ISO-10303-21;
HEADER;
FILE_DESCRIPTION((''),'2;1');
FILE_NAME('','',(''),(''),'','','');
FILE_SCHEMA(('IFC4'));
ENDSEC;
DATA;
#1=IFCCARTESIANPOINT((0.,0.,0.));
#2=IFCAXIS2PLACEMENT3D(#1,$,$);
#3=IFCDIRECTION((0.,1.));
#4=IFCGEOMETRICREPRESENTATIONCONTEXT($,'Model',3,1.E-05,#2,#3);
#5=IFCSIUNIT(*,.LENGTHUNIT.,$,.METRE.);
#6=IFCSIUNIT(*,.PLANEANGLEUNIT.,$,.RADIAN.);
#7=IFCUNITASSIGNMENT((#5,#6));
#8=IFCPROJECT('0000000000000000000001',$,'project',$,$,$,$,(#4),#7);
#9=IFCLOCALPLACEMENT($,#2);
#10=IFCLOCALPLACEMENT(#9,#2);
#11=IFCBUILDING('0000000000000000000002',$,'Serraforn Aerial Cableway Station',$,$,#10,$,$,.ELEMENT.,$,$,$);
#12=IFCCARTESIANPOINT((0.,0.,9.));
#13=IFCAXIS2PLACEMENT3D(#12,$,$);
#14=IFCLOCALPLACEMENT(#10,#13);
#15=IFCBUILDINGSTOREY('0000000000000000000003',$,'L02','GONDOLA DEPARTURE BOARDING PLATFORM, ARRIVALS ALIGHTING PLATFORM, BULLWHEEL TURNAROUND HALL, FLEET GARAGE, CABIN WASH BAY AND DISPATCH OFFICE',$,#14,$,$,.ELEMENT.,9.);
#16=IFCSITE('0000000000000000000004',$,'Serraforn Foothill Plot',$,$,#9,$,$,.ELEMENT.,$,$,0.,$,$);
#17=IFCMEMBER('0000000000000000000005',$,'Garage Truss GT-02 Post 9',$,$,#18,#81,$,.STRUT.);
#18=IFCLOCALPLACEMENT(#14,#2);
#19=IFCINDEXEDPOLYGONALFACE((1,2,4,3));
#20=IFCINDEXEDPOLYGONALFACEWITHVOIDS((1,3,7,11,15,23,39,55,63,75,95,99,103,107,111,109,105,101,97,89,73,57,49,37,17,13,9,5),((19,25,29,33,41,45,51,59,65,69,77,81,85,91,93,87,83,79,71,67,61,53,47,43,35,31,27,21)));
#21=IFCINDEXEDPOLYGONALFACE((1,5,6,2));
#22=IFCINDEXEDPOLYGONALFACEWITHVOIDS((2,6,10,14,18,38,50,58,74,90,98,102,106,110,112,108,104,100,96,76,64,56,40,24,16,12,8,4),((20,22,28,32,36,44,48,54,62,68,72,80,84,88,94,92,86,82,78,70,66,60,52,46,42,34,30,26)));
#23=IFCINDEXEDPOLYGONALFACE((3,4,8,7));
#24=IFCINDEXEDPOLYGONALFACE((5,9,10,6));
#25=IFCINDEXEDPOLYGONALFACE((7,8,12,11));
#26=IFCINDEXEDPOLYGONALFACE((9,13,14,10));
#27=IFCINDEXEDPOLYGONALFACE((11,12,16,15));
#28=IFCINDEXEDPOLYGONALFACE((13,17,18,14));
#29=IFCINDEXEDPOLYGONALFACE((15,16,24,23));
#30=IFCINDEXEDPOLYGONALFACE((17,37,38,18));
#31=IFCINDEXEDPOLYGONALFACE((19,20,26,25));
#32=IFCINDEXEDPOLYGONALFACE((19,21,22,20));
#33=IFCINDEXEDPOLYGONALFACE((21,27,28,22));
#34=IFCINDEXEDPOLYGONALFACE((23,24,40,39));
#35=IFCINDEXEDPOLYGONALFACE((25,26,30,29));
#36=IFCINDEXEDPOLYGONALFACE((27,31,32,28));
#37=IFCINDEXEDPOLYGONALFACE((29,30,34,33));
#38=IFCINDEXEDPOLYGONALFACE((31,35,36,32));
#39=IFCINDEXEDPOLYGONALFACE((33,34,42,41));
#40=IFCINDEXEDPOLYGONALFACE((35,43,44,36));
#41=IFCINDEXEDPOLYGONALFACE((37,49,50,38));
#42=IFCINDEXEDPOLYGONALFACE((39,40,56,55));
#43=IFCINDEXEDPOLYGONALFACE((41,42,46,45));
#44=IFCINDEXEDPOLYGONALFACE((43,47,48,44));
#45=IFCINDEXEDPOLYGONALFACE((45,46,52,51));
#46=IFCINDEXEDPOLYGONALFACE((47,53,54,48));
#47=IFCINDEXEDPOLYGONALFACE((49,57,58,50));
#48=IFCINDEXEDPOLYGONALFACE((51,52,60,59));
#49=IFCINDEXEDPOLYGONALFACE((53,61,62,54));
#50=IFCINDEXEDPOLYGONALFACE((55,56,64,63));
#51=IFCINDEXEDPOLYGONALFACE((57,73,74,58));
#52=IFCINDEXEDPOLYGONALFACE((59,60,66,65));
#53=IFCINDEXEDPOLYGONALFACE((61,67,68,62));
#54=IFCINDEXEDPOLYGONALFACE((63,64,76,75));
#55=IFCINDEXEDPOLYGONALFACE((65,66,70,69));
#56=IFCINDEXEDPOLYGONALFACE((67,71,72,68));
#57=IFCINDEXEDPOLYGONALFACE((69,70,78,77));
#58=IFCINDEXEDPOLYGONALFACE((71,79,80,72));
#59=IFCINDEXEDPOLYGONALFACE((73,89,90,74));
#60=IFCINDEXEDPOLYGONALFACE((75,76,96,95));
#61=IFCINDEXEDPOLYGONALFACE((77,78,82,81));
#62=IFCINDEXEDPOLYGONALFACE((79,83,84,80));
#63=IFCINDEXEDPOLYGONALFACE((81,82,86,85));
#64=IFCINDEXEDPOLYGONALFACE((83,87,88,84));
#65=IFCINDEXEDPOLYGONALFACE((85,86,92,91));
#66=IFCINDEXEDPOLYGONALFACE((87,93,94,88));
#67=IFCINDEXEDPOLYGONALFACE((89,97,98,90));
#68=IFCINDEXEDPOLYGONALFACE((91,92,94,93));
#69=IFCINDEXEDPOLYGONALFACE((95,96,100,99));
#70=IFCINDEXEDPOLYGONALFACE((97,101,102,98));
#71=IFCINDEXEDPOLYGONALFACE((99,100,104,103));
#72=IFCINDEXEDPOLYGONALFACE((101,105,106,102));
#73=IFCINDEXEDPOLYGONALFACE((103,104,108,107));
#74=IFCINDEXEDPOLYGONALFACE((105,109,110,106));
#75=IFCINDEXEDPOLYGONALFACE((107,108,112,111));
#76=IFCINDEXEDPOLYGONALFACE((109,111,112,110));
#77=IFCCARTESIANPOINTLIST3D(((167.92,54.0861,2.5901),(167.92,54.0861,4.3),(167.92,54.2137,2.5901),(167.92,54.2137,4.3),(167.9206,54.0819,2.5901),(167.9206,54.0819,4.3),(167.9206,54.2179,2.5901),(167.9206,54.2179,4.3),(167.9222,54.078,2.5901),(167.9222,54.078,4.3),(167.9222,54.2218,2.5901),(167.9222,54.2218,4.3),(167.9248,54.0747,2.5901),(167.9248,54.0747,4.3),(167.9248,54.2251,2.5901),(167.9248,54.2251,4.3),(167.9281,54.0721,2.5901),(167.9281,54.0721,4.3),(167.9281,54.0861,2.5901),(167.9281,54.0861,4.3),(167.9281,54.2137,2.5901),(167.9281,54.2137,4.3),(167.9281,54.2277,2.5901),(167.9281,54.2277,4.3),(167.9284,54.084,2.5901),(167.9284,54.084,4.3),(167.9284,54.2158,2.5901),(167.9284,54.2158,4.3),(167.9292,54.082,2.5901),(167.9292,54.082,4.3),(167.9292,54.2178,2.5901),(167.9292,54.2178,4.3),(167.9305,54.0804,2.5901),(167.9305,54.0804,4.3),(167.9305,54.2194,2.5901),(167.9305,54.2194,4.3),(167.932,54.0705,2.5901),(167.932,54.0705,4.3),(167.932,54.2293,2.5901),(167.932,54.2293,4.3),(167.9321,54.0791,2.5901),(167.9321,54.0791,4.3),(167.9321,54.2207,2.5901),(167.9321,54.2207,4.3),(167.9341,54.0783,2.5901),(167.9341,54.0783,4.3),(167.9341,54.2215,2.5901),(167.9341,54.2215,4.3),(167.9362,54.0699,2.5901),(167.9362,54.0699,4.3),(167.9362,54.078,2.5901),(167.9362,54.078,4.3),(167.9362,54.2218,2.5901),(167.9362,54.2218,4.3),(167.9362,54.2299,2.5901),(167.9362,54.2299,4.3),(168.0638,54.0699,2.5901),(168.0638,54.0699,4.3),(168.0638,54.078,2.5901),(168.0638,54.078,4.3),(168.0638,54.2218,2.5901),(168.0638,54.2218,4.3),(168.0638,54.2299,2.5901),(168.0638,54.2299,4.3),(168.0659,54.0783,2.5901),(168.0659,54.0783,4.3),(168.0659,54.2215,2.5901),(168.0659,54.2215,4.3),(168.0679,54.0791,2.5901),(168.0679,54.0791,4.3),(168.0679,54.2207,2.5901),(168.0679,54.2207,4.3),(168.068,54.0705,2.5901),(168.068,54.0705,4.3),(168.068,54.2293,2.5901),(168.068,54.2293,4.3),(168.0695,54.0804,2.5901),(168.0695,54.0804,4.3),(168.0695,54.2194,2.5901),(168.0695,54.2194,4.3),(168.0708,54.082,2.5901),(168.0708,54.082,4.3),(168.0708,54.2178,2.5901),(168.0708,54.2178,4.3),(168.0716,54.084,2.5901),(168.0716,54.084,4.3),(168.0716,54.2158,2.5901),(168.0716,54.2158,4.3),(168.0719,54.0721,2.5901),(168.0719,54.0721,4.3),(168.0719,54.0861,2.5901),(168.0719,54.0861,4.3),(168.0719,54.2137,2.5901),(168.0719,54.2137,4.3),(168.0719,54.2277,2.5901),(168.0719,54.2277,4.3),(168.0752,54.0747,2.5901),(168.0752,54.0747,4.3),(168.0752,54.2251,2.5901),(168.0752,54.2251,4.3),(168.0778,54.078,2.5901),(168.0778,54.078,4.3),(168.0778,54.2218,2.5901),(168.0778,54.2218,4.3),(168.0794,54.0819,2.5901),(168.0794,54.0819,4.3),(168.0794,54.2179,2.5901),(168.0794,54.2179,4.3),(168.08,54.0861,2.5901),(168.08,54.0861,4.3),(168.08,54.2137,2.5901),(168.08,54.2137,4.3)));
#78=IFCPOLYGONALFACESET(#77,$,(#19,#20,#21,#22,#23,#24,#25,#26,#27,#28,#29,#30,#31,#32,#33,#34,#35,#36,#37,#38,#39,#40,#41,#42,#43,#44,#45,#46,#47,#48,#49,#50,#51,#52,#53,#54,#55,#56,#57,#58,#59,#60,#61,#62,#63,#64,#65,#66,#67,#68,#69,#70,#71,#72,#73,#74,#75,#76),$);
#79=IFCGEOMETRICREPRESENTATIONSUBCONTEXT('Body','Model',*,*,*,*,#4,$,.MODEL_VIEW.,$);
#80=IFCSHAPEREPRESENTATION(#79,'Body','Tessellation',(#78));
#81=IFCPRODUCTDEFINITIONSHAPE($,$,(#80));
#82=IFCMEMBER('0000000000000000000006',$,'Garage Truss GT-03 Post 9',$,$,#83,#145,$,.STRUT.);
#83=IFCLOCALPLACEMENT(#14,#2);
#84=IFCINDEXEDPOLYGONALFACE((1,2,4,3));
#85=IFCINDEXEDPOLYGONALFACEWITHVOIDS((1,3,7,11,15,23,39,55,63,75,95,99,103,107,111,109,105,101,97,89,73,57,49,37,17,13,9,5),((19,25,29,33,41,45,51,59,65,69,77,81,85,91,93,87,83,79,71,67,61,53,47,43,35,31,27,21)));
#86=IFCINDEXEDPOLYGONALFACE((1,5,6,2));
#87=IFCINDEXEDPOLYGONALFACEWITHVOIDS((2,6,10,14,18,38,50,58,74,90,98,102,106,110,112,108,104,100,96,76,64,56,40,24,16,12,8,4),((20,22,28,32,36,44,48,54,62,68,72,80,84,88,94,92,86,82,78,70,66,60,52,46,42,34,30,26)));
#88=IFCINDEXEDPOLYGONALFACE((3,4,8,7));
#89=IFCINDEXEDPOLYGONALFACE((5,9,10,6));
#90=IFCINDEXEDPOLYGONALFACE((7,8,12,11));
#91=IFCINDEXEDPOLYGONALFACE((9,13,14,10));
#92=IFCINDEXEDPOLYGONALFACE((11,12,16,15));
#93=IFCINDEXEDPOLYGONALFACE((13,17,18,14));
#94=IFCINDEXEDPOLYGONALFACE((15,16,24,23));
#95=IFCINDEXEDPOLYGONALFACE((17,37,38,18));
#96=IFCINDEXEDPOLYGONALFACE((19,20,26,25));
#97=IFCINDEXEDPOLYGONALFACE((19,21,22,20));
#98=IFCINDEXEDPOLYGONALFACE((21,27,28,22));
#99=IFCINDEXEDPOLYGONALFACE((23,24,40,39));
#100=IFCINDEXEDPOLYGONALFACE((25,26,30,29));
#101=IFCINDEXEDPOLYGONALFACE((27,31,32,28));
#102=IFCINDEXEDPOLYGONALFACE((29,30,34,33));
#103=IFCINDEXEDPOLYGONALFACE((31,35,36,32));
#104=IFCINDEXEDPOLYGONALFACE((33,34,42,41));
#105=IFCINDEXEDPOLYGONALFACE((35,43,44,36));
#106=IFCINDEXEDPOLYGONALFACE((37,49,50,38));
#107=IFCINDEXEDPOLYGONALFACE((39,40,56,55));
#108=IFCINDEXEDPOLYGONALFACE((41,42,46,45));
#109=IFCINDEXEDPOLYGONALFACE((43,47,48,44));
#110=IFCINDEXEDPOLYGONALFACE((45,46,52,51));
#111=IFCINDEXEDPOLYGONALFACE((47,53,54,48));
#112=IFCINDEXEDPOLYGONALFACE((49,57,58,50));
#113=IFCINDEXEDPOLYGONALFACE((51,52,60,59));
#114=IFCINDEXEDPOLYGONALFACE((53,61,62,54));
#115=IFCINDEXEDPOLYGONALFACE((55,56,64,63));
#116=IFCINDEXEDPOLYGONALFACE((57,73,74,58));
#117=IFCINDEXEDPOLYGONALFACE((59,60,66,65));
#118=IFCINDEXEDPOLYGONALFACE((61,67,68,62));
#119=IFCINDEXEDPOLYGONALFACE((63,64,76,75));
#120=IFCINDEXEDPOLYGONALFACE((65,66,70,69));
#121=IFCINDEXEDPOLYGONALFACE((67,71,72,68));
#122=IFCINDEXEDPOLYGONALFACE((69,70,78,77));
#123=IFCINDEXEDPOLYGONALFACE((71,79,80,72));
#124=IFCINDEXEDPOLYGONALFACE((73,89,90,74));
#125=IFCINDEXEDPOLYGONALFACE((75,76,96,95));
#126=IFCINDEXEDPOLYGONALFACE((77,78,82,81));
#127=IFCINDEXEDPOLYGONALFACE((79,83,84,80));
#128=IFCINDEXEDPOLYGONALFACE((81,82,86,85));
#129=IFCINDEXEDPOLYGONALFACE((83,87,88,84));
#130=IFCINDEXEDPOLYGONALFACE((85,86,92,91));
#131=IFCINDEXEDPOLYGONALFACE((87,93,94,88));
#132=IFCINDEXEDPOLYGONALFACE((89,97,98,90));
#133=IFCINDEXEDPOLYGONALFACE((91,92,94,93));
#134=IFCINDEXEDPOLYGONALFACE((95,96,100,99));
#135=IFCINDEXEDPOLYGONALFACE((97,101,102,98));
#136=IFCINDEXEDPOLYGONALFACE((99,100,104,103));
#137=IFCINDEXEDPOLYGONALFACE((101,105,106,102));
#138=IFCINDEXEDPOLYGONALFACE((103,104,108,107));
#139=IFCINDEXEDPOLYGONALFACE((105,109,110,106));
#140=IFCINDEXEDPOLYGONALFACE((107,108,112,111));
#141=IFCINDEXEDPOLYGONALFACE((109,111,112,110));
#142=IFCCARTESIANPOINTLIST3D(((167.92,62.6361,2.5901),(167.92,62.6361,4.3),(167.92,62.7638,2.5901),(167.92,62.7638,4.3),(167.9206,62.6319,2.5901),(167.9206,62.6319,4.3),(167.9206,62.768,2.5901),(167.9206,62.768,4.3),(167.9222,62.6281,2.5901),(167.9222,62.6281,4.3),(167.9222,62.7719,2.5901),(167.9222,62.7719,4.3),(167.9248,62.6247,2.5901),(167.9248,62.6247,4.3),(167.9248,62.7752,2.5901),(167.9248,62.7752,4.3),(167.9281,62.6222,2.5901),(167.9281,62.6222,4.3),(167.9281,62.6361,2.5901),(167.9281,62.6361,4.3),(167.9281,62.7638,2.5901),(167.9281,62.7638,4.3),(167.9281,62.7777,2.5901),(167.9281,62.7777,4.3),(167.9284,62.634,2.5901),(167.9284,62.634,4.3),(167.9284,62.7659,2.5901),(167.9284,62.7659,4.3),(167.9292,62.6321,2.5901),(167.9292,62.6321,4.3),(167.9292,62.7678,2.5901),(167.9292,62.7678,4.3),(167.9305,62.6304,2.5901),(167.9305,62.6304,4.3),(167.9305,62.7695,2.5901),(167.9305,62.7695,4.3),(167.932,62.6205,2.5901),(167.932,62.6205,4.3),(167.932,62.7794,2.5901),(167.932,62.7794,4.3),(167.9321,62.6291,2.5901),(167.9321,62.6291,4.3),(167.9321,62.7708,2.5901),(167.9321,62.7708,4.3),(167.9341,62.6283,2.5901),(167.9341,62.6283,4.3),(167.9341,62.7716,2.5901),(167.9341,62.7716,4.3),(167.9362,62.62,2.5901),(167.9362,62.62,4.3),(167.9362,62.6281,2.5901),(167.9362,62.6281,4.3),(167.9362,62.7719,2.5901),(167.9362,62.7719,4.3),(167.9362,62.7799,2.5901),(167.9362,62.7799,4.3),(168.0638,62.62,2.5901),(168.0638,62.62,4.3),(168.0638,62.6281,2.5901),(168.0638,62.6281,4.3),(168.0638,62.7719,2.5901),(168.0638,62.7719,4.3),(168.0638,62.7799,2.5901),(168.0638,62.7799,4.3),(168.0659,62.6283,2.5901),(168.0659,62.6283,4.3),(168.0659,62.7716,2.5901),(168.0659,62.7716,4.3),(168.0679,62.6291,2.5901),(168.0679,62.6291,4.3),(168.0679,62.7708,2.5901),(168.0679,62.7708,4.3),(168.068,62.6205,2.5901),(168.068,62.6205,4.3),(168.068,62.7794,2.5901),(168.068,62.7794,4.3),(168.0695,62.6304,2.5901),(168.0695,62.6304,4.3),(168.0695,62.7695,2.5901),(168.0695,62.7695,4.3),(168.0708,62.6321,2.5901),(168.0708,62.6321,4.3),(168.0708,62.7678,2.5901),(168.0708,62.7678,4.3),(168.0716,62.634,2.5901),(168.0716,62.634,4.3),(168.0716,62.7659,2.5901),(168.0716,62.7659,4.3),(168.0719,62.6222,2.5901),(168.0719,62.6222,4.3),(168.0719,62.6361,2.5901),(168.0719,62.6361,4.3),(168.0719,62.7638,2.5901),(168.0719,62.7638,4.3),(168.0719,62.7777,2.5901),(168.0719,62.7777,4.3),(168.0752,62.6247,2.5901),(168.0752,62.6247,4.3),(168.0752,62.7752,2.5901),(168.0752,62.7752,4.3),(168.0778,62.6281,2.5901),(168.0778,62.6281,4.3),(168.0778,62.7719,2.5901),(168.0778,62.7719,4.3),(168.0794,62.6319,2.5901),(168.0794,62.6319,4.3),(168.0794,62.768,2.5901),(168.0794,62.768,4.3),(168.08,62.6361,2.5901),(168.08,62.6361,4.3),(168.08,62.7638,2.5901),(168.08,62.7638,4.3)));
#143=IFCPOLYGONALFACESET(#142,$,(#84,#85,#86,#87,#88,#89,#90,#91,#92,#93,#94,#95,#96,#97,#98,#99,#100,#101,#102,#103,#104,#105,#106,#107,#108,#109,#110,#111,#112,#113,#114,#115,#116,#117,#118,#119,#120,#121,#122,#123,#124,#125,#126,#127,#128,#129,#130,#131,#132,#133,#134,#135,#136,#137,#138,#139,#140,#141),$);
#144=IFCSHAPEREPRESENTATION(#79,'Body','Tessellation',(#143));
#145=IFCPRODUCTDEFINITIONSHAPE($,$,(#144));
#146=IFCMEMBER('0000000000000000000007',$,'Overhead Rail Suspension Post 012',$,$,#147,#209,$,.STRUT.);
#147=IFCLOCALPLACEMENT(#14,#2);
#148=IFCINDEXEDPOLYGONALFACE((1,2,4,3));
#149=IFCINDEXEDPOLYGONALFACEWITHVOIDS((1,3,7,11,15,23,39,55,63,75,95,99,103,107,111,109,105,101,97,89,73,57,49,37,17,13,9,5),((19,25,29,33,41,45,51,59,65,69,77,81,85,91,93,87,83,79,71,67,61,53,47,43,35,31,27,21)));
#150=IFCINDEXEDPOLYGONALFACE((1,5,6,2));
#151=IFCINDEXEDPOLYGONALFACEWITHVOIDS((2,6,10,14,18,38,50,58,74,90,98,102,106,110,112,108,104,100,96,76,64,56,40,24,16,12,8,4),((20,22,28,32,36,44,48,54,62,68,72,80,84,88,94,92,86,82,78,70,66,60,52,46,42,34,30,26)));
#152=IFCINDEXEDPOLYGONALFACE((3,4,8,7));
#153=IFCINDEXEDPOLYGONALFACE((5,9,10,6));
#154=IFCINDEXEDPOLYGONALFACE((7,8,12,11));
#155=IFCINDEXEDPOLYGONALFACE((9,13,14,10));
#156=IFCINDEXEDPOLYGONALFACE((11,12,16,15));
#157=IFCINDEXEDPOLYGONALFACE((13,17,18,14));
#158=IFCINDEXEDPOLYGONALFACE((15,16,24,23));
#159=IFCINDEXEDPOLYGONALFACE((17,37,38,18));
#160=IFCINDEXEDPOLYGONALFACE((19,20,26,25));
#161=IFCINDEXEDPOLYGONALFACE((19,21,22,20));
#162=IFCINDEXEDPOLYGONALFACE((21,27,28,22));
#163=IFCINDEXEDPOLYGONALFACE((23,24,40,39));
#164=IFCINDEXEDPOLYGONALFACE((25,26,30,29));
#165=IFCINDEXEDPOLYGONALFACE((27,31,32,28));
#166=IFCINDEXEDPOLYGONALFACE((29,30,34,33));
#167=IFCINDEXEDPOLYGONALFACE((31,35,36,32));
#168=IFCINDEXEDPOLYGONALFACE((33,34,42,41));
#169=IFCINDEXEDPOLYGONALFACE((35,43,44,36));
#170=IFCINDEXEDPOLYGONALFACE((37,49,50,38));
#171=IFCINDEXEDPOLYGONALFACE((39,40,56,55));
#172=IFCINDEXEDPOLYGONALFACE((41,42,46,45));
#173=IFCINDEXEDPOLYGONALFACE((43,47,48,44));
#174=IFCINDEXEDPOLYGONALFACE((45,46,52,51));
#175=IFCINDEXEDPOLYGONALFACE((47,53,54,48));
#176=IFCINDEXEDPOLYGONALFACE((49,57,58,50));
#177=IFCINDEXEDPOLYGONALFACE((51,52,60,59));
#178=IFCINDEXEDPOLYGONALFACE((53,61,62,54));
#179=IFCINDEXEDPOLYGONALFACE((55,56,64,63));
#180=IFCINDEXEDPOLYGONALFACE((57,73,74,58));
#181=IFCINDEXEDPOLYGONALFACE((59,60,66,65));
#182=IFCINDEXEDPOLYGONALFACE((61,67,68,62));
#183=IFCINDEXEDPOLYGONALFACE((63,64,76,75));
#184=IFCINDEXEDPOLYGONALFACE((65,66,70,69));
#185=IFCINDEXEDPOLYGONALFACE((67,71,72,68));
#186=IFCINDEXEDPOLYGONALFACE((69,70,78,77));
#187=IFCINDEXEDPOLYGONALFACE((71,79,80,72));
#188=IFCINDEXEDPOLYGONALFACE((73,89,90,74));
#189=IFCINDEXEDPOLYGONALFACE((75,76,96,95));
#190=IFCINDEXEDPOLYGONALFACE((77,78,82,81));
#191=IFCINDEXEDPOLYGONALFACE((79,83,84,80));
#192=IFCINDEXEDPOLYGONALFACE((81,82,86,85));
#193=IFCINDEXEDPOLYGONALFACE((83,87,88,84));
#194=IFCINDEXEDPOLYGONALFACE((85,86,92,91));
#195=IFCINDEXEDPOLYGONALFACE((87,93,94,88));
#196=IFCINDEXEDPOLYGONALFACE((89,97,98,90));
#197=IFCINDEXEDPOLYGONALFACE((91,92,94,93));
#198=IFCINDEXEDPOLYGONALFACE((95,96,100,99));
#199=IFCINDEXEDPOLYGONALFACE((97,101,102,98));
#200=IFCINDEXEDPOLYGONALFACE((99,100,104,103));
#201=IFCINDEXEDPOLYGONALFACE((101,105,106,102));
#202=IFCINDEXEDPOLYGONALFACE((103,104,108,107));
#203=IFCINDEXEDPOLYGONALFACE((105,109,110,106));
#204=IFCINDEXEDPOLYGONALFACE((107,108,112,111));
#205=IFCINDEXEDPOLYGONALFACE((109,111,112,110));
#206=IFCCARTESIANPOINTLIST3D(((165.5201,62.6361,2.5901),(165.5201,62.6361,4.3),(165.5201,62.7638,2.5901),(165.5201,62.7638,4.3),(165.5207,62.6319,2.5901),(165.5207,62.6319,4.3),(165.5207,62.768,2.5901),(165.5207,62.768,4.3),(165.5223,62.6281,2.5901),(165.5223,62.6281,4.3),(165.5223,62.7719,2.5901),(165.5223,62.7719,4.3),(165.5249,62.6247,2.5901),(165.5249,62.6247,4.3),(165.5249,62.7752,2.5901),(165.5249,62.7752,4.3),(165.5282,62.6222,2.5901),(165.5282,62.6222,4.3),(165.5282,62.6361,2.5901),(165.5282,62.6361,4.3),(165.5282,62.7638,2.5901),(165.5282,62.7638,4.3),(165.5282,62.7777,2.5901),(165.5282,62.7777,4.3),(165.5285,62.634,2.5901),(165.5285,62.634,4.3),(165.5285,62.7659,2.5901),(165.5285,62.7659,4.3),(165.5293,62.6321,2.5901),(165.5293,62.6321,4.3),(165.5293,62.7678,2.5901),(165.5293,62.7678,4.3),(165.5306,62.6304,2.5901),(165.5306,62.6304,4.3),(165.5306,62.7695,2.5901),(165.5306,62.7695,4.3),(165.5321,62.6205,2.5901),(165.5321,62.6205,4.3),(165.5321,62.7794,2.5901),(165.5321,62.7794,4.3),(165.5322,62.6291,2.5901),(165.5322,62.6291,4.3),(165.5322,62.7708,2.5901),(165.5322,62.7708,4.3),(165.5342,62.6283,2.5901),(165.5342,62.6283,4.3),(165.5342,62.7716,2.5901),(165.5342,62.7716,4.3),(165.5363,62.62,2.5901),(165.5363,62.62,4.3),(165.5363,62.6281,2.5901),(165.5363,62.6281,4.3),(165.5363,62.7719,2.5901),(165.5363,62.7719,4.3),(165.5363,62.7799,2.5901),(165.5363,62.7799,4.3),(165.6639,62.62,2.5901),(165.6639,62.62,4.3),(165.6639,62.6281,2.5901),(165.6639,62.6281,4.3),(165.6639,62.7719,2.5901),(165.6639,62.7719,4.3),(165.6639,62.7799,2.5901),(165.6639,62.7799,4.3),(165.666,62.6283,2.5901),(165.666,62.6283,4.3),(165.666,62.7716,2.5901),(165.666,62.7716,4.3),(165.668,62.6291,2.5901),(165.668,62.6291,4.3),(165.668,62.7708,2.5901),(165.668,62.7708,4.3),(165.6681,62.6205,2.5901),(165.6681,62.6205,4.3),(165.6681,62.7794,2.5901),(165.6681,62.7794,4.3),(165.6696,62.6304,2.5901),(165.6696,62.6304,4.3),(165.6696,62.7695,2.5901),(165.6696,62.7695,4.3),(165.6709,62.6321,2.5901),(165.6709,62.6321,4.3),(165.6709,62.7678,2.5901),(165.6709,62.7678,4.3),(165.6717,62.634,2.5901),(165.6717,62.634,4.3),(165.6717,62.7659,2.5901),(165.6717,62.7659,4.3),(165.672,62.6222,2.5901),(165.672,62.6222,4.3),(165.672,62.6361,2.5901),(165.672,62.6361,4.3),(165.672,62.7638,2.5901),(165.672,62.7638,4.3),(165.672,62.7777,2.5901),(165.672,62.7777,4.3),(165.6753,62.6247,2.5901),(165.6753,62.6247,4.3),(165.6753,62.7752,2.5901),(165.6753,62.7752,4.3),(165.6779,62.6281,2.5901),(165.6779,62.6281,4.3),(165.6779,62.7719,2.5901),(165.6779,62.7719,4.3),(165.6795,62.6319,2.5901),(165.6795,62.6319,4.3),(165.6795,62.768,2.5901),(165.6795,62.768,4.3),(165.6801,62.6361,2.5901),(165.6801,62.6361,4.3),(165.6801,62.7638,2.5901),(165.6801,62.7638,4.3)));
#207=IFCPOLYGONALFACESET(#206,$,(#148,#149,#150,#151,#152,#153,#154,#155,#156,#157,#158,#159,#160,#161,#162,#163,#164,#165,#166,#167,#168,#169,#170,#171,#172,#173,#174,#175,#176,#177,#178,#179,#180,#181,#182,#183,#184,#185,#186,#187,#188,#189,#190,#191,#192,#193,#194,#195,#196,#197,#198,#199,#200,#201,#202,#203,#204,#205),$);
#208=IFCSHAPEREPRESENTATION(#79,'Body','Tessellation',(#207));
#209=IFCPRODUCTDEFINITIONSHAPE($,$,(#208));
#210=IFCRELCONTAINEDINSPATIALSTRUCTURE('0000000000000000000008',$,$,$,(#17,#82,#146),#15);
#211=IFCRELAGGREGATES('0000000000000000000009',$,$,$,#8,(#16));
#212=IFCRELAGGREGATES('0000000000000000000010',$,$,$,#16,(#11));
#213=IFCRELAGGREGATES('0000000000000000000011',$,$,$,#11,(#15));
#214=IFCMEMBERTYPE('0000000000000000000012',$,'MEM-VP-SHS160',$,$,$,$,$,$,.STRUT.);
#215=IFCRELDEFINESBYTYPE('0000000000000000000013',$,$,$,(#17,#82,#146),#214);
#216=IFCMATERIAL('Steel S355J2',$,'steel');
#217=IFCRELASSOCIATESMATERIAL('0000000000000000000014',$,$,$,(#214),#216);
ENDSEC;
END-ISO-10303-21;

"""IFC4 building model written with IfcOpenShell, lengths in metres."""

from ifc_helpers import new_model, si_unit, direction, frame, origin, origin_2d, place, context, subcontext, project, spatial, hollow_rectangle, extrude, material, material_profile, profile_set, type_object, element, save


model = new_model("IFC4")

# Units and contexts
model_context = context("Model", 3, precision=1e-05, world=origin(), true_north=direction((0.0, 1.0)))
body_context = subcontext(model_context, "Body", "Model", "MODEL_VIEW")
ifc_project = project(units=[si_unit("LENGTHUNIT", "METRE"), si_unit("PLANEANGLEUNIT", "RADIAN")], contexts=[model_context])

# Site, building, storey
site_placement = place(None, origin())
site = spatial("IfcSite", under=ifc_project, at=site_placement, Name="Serraforn Foothill Plot", CompositionType="ELEMENT", RefElevation=0.0)
building_placement = place(site_placement, origin())
building = spatial("IfcBuilding", under=site, at=building_placement, Name="Serraforn Aerial Cableway Station", CompositionType="ELEMENT")
storey_placement = place(building_placement, frame((0.0, 0.0, 9.0)))
storey = spatial("IfcBuildingStorey", under=building, at=storey_placement, Name="L02", Description="GONDOLA DEPARTURE BOARDING PLATFORM, ARRIVALS ALIGHTING PLATFORM, BULLWHEEL TURNAROUND HALL, FLEET GARAGE, CABIN WASH BAY AND DISPATCH OFFICE", CompositionType="ELEMENT", Elevation=9.0)

# Shared definitions
ifc_material_1 = material(Name="Steel S355J2", Category="steel")

# Members
ifc_material_profile_1 = material_profile(ifc_material_1, hollow_rectangle(XDim=0.1599, YDim=0.1599, WallThickness=0.0081, InnerFilletRadius=0.0081, OuterFilletRadius=0.0161, at=origin_2d()), Name="SHS 160x160x8.0")
ifc_profile_set_1 = profile_set([ifc_material_profile_1], Name="Steel S355J2")
member_type_1 = type_object("IfcMemberType", Name="MEM-VP-SHS160", PredefinedType="STRUT", material=ifc_profile_set_1)
for number, where, z_axis, x_axis, name in (
    (1, (168.0, 54.1499, 2.5901), (0.0, 0.0, 1.0), (1.0, 0.0, 0.0), "Garage Truss GT-02 Post 9"),
    (2, (168.0, 62.7, 2.5901), (0.0, 0.0, 1.0), (1.0, 0.0, 0.0), "Garage Truss GT-03 Post 9"),
    (3, (165.6001, 62.7, 2.5901), (0.0, 0.0, 1.0), (1.0, 0.0, 0.0), "Overhead Rail Suspension Post 012"),
):
    element("IfcMember", number, at=place(storey_placement, frame(where, z_axis=z_axis, x_axis=x_axis)), inside=storey, type_object=member_type_1, Name=name, PredefinedType="STRUT", context=body_context, shape_type="SweptSolid", body=[
        extrude(hollow_rectangle(XDim=0.1599, YDim=0.1599, WallThickness=0.0081, InnerFilletRadius=0.0081, OuterFilletRadius=0.0161, at=origin_2d()), origin(), (0.0, 0.0, 1.0), 1.71),
    ])

save(model, "model.ifc")
